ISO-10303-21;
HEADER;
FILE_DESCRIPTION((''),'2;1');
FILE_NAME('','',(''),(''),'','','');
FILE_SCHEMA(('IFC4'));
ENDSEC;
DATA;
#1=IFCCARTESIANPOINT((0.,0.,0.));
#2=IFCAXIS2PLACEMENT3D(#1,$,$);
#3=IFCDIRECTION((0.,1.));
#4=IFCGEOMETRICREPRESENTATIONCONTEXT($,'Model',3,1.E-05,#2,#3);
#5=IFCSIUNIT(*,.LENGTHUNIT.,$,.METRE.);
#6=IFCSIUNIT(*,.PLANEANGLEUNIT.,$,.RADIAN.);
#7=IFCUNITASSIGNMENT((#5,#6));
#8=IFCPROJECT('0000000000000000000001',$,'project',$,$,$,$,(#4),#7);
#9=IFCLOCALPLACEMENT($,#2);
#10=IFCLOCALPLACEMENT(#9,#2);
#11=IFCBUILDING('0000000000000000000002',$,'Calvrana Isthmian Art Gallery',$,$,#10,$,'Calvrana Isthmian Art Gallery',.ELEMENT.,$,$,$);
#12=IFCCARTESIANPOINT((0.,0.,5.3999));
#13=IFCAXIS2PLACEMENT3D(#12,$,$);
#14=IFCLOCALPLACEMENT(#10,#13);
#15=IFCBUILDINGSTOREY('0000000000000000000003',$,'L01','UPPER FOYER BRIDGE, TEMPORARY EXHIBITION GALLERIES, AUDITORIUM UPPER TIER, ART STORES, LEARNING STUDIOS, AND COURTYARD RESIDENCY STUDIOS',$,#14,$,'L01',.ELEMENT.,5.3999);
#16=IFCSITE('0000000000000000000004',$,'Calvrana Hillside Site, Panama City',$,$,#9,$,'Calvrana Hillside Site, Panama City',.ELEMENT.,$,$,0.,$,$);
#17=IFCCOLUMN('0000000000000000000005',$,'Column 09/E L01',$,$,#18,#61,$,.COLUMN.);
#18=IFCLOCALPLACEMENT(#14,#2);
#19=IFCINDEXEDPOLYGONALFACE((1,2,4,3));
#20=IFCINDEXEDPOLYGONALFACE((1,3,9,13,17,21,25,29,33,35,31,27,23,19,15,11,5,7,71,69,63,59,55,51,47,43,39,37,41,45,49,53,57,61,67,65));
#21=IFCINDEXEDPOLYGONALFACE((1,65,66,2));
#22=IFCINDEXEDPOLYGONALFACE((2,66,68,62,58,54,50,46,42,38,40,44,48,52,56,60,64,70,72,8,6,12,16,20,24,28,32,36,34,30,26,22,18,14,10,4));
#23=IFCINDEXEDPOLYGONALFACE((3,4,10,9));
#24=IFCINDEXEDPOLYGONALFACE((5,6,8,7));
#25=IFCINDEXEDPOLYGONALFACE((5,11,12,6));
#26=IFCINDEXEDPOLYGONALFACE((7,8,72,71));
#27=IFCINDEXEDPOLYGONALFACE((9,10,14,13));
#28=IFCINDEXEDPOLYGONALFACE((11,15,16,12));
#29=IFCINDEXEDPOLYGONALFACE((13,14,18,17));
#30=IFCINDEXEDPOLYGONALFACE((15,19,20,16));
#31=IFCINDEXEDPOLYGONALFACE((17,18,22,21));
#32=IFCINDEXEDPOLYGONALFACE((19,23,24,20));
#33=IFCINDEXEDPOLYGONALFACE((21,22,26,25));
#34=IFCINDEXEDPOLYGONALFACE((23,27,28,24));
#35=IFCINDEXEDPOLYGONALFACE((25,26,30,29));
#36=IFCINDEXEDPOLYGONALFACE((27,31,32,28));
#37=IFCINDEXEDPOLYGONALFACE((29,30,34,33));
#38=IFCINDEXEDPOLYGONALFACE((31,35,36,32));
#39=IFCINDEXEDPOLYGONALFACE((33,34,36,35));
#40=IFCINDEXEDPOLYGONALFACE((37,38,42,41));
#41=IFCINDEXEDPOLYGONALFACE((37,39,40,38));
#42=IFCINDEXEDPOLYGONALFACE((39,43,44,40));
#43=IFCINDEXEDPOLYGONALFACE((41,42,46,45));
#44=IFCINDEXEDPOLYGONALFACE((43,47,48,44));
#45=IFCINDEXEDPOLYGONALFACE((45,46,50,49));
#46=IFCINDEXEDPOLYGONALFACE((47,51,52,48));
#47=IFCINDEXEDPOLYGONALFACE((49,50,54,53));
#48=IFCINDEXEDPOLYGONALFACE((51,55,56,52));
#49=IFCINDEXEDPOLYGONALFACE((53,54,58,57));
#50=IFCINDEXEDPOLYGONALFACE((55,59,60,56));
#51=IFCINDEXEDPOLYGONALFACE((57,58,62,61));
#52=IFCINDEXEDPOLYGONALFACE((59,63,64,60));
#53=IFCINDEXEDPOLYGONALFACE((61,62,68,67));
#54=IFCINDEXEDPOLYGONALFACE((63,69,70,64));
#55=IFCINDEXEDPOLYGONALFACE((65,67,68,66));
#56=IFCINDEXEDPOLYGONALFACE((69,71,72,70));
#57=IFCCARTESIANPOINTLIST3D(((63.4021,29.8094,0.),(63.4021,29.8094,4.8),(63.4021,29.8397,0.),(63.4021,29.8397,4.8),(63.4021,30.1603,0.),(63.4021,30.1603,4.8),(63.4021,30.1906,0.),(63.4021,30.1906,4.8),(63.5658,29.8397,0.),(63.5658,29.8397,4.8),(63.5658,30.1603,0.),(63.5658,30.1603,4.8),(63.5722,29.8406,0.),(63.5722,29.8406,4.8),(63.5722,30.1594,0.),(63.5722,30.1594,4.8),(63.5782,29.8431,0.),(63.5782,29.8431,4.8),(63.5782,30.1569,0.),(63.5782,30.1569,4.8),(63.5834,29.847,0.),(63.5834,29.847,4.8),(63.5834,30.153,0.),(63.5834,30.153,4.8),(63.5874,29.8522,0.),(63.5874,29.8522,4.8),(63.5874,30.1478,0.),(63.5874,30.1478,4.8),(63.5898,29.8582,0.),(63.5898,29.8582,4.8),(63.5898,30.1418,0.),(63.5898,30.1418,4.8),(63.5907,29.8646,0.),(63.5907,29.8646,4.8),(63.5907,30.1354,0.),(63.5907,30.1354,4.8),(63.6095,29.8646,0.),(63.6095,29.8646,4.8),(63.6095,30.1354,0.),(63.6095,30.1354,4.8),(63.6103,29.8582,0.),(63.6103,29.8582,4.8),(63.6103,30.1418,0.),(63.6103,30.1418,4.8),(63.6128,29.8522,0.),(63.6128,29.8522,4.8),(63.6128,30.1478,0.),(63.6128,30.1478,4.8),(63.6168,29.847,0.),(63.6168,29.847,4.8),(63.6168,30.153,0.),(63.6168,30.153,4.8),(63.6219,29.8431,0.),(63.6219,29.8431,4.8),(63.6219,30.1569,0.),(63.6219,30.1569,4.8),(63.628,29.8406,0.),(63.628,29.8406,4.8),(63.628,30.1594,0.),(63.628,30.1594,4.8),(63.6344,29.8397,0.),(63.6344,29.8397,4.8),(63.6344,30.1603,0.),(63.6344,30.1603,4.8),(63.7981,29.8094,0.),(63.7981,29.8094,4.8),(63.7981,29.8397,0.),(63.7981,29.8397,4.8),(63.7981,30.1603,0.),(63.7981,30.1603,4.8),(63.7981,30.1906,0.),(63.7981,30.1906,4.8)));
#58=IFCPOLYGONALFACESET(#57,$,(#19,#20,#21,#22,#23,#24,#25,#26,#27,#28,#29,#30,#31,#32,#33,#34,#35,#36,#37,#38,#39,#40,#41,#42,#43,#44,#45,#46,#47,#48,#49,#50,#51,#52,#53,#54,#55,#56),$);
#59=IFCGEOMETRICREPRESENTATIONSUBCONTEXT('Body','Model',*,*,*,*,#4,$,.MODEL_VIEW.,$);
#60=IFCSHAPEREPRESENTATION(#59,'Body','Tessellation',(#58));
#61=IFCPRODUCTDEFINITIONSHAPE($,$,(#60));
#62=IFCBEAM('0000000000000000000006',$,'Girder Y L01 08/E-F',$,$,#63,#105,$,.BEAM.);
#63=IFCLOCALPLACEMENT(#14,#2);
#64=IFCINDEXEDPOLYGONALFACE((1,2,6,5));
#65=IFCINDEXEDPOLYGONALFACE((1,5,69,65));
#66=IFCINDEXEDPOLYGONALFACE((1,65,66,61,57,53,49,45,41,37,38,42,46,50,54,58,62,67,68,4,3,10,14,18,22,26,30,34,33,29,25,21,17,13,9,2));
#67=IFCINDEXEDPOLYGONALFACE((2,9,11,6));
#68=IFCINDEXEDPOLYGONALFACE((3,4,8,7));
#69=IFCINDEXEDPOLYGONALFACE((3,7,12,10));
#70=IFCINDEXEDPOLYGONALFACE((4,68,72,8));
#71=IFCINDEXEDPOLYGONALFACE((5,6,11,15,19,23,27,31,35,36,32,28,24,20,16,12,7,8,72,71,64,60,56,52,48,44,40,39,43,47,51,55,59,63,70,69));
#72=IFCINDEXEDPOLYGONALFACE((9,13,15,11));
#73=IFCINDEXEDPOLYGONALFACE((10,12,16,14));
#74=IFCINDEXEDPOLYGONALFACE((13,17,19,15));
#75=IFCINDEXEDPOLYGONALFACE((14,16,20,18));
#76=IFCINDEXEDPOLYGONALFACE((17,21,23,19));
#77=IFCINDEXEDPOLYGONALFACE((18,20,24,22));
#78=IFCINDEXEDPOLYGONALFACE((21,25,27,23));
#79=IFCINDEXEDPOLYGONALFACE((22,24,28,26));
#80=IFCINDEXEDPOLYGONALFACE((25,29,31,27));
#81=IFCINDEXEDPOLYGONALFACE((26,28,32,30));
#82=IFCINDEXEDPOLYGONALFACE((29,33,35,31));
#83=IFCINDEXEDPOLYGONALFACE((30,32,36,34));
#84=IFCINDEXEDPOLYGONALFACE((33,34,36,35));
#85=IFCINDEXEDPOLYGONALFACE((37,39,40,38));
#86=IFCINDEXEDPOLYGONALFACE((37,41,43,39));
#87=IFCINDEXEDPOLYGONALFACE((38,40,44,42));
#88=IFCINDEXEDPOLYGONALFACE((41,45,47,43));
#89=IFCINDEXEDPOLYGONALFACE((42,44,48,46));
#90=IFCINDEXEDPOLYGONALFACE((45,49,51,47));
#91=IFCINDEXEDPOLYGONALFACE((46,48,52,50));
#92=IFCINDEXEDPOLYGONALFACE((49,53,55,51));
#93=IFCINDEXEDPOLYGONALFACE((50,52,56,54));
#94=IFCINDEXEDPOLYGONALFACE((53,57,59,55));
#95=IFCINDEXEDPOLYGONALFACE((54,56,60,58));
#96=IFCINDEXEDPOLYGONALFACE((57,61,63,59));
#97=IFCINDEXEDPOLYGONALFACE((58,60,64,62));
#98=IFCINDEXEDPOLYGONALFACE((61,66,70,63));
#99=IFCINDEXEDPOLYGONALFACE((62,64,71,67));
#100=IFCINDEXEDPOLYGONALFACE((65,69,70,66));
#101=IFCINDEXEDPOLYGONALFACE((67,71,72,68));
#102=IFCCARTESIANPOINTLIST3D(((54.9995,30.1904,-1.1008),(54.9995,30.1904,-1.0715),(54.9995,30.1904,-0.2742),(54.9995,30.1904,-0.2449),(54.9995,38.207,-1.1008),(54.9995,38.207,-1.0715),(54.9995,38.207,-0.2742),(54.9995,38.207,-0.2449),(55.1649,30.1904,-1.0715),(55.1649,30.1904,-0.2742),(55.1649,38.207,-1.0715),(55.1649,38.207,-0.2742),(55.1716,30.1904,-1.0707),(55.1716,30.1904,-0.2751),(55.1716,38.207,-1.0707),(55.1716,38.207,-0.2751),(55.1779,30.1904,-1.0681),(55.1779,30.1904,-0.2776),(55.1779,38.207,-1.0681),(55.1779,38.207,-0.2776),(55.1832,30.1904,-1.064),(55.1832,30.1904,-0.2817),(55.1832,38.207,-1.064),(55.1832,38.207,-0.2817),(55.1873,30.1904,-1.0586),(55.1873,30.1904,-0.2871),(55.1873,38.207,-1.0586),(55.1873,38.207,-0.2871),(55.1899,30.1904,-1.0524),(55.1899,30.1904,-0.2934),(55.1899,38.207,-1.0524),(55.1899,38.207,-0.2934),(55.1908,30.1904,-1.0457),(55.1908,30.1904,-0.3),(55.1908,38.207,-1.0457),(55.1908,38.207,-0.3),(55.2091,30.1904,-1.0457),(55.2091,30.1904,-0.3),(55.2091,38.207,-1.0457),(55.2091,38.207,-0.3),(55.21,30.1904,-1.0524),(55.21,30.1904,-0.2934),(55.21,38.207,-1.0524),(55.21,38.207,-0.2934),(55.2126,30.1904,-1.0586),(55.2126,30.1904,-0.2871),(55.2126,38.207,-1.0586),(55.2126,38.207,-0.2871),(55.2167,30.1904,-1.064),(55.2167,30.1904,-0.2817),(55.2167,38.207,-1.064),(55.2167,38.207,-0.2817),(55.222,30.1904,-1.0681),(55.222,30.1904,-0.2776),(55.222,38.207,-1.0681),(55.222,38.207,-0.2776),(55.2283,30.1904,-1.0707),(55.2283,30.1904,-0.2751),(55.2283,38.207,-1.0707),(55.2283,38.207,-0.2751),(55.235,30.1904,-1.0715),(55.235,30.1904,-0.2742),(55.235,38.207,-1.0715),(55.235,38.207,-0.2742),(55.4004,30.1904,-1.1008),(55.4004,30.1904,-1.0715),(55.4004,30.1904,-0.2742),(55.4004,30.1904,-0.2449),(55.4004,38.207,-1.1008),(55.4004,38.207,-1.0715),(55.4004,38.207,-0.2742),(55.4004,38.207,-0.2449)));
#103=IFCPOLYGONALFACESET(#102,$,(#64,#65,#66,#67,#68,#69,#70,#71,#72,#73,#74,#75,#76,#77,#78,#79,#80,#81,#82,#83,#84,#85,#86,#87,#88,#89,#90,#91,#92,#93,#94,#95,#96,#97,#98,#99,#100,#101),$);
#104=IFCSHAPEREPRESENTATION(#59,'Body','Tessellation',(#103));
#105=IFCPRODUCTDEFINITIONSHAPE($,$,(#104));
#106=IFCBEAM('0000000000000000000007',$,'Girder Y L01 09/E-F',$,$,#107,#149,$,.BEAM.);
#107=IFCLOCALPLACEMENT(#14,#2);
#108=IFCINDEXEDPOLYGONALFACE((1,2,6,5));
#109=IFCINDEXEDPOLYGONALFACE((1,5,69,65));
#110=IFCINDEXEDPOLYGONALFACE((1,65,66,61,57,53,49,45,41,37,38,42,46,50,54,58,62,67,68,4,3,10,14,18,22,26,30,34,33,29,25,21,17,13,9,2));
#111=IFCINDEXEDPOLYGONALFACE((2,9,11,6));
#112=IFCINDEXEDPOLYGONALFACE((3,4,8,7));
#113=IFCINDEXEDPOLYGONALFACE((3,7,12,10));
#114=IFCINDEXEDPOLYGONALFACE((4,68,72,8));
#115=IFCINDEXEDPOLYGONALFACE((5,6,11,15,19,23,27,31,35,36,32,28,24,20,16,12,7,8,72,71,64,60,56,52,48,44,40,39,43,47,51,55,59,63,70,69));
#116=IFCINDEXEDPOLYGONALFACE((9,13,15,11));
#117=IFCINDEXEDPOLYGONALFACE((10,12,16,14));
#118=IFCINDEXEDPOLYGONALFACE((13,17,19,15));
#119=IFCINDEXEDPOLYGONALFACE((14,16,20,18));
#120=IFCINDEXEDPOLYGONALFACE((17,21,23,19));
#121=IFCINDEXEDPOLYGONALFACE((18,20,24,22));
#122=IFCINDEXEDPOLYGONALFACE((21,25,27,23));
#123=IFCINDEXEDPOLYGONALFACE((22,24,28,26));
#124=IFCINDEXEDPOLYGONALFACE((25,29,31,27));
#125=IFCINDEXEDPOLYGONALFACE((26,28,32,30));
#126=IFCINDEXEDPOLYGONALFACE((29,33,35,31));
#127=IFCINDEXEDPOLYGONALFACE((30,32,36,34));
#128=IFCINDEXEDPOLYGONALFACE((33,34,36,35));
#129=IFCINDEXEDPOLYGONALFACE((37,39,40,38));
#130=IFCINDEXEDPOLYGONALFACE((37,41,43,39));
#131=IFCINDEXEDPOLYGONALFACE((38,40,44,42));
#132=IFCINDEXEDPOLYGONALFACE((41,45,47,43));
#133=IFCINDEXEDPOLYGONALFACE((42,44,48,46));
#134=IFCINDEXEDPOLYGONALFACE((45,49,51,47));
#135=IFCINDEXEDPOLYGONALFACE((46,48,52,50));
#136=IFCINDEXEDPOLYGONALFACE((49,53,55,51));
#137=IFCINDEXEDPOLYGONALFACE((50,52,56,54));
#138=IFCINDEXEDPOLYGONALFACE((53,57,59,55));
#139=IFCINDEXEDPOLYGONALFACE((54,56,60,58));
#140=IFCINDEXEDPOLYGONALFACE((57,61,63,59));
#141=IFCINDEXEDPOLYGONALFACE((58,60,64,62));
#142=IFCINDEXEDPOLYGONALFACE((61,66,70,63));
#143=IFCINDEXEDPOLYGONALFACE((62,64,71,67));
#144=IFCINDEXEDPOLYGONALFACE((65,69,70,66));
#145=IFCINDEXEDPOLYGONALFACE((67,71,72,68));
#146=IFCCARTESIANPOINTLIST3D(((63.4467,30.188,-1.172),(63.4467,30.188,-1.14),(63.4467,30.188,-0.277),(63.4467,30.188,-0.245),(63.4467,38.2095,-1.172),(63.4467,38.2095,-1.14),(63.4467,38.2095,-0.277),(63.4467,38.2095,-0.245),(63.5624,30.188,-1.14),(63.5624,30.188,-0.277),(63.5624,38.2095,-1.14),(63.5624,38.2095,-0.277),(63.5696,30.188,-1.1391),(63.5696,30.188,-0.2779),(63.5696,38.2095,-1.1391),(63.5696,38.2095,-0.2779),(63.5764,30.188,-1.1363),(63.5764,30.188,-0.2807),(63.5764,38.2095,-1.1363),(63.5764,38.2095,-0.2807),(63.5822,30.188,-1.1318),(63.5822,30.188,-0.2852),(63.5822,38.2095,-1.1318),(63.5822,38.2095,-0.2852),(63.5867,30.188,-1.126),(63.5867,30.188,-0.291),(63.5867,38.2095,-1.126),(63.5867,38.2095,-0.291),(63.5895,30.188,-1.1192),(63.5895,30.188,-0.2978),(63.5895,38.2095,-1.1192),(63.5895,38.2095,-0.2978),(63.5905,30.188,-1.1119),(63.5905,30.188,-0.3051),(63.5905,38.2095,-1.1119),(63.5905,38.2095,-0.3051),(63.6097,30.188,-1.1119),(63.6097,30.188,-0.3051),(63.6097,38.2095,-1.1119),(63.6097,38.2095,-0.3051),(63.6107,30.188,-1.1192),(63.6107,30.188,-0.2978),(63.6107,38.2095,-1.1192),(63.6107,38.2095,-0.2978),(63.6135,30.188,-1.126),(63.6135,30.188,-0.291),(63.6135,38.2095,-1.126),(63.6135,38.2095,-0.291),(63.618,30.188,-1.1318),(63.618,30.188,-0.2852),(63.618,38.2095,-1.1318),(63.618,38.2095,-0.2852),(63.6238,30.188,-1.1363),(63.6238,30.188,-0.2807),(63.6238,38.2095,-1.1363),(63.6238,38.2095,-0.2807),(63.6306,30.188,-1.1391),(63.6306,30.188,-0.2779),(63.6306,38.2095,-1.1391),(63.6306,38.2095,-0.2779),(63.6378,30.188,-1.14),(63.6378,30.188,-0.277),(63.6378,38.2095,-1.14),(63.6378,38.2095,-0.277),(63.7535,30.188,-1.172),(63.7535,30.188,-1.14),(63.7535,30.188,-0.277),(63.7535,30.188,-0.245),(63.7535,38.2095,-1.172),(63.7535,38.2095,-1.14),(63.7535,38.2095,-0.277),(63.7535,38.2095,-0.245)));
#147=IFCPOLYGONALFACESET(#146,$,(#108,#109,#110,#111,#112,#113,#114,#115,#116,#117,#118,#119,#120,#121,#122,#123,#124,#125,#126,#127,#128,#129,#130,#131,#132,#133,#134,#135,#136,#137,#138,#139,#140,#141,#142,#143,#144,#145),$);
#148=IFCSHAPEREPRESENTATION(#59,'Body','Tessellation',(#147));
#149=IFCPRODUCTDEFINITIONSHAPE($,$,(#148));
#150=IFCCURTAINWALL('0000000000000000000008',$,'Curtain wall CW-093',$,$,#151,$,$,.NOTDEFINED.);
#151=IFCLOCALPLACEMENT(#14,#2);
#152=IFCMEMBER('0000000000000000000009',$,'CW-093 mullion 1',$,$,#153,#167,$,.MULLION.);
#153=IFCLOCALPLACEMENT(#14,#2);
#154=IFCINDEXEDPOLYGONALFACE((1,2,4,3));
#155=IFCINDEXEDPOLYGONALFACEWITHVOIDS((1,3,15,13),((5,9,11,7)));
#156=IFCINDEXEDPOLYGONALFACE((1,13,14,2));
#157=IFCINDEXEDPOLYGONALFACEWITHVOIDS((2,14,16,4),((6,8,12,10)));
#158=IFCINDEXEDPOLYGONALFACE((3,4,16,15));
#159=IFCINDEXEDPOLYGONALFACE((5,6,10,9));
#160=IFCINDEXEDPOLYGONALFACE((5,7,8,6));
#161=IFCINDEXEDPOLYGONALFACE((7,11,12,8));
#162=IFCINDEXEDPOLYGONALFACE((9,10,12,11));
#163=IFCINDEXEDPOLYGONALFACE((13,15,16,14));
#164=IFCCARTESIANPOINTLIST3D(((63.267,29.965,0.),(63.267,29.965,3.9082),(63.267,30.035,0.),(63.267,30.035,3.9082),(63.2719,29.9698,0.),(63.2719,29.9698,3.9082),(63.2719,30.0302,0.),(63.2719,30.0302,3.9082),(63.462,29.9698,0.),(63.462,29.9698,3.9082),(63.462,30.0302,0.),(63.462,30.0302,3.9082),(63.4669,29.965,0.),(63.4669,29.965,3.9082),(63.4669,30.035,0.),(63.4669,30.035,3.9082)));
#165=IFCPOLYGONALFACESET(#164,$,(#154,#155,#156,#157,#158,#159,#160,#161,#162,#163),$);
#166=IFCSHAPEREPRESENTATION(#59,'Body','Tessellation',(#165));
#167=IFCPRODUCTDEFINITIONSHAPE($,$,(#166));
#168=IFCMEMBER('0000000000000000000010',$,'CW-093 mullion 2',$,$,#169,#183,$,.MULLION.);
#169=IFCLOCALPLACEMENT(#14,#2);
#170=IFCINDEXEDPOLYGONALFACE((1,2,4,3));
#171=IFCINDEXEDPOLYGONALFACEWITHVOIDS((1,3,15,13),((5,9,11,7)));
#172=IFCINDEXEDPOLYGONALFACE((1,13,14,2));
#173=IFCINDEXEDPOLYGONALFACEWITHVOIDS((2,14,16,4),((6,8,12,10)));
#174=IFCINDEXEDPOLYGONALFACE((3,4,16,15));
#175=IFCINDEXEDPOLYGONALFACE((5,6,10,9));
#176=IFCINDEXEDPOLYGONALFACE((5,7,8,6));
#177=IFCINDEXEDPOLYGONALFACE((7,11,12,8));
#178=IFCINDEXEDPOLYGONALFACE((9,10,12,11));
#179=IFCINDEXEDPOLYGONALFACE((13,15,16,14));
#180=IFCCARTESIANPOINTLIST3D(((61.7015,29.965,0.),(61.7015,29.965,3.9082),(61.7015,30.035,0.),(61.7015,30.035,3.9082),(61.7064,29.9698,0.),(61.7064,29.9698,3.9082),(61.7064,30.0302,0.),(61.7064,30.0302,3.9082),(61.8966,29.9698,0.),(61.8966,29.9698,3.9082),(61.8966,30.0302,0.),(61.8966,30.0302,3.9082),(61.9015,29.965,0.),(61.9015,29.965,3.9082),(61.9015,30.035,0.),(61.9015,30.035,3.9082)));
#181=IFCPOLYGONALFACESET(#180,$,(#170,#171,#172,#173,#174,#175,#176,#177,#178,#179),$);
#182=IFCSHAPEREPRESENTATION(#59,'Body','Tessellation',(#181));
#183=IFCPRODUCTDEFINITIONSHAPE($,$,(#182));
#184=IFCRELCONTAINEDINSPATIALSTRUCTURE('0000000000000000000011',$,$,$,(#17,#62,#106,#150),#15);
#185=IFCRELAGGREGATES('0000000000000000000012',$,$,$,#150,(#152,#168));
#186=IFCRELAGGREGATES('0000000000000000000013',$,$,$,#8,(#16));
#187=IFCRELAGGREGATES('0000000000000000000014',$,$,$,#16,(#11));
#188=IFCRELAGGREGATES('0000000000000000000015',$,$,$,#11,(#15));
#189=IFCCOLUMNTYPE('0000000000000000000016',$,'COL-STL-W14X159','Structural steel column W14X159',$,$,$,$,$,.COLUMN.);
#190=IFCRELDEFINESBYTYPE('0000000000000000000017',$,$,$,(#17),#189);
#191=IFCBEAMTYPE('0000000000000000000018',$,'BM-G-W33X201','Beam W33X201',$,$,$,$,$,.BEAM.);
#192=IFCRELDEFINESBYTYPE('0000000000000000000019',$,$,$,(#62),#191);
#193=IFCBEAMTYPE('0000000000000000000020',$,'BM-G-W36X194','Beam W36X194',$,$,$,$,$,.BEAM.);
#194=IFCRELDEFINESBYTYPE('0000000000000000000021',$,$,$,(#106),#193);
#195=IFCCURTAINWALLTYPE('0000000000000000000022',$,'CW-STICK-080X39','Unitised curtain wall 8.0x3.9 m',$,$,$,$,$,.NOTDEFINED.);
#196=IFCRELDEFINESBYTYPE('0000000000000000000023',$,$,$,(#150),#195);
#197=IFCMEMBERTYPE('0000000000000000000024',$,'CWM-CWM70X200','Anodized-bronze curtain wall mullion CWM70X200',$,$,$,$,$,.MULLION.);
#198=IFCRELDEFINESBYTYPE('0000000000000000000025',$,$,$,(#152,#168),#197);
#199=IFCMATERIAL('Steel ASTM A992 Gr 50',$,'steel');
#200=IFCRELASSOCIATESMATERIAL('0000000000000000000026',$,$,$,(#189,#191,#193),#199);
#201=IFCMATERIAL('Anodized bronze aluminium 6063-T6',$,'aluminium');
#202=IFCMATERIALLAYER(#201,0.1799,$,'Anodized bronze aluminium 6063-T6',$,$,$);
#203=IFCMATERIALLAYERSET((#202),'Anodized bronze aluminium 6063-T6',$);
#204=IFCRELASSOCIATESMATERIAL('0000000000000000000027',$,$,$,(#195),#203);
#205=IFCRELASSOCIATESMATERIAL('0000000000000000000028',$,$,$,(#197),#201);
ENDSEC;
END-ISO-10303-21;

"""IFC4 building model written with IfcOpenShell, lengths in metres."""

from ifc_helpers import new_model, si_unit, direction, frame, origin, origin_2d, place, context, subcontext, project, spatial, hollow_rectangle, i_section, extrude, material, layer, layer_set, material_profile, profile_set, type_object, element, aggregate, save


model = new_model("IFC4")

# Units and contexts
model_context = context("Model", 3, precision=1e-05, world=origin(), true_north=direction((0.0, 1.0)))
body_context = subcontext(model_context, "Body", "Model", "MODEL_VIEW")
ifc_project = project(units=[si_unit("LENGTHUNIT", "METRE"), si_unit("PLANEANGLEUNIT", "RADIAN")], contexts=[model_context])

# Site, building, storey
site_placement = place(None, origin())
site = spatial("IfcSite", under=ifc_project, at=site_placement, Name="Calvrana Hillside Site, Panama City", LongName="Calvrana Hillside Site, Panama City", CompositionType="ELEMENT", RefElevation=0.0)
building_placement = place(site_placement, origin())
building = spatial("IfcBuilding", under=site, at=building_placement, Name="Calvrana Isthmian Art Gallery", LongName="Calvrana Isthmian Art Gallery", CompositionType="ELEMENT")
storey_placement = place(building_placement, frame((0.0, 0.0, 5.3999)))
storey = spatial("IfcBuildingStorey", under=building, at=storey_placement, Name="L01", Description="UPPER FOYER BRIDGE, TEMPORARY EXHIBITION GALLERIES, AUDITORIUM UPPER TIER, ART STORES, LEARNING STUDIOS, AND COURTYARD RESIDENCY STUDIOS", LongName="L01", CompositionType="ELEMENT", Elevation=5.3999)

# Column
ifc_material_1 = material(Name="Steel ASTM A992 Gr 50", Category="steel")
ifc_material_profile_1 = material_profile(ifc_material_1, i_section(OverallWidth=0.396, OverallDepth=0.3811, WebThickness=0.0188, FlangeThickness=0.0303, FilletRadius=0.0249, at=origin_2d()), Name="W14X159")
ifc_profile_set_1 = profile_set([ifc_material_profile_1], Name="Steel ASTM A992 Gr 50")
column_type = type_object("IfcColumnType", Name="COL-STL-W14X159", Description="Structural steel column W14X159", PredefinedType="COLUMN", material=ifc_profile_set_1)
column_placement = place(storey_placement, frame((63.6001, 30.0, 0.0), z_axis=(0.0, 0.0, 1.0), x_axis=(1.0, 0.0, 0.0)))
element("IfcColumn", 1, at=column_placement, inside=storey, type_object=column_type, Name="Column 09/E L01", PredefinedType="COLUMN", context=body_context, shape_type="SweptSolid", body=[
    extrude(i_section(OverallWidth=0.396, OverallDepth=0.3811, WebThickness=0.0188, FlangeThickness=0.0303, FilletRadius=0.0249, at=origin_2d()), origin(), (0.0, 0.0, 1.0), 4.8),
])

# Beams
ifc_material_profile_2 = material_profile(ifc_material_1, i_section(OverallWidth=0.4009, OverallDepth=0.856, WebThickness=0.0183, FlangeThickness=0.0293, FilletRadius=0.0259, at=origin_2d()), Name="W33X201")
ifc_profile_set_2 = profile_set([ifc_material_profile_2], Name="Steel ASTM A992 Gr 50")
beam_type_1 = type_object("IfcBeamType", Name="BM-G-W33X201", Description="Beam W33X201", PredefinedType="BEAM", material=ifc_profile_set_2)
beam_1_placement = place(storey_placement, frame((55.2, 30.1904, -0.6729), z_axis=(0.0, 1.0, 0.0), x_axis=(-1.0, 0.0, 0.0)))
element("IfcBeam", 2, at=beam_1_placement, inside=storey, type_object=beam_type_1, Name="Girder Y L01 08/E-F", PredefinedType="BEAM", context=body_context, shape_type="SweptSolid", body=[
    extrude(i_section(OverallWidth=0.4009, OverallDepth=0.856, WebThickness=0.0183, FlangeThickness=0.0293, FilletRadius=0.0259, at=origin_2d()), origin(), (0.0, 0.0, 1.0), 8.0166),
])
ifc_material_profile_3 = material_profile(ifc_material_1, i_section(OverallWidth=0.3069, OverallDepth=0.927, WebThickness=0.0193, FlangeThickness=0.032, FilletRadius=0.0281, at=origin_2d()), Name="W36X194")
ifc_profile_set_3 = profile_set([ifc_material_profile_3], Name="Steel ASTM A992 Gr 50")
beam_type_2 = type_object("IfcBeamType", Name="BM-G-W36X194", Description="Beam W36X194", PredefinedType="BEAM", material=ifc_profile_set_3)
beam_2_placement = place(storey_placement, frame((63.6001, 30.188, -0.7085), z_axis=(0.0, 1.0, 0.0), x_axis=(-1.0, 0.0, 0.0)))
element("IfcBeam", 3, at=beam_2_placement, inside=storey, type_object=beam_type_2, Name="Girder Y L01 09/E-F", PredefinedType="BEAM", context=body_context, shape_type="SweptSolid", body=[
    extrude(i_section(OverallWidth=0.3069, OverallDepth=0.927, WebThickness=0.0193, FlangeThickness=0.032, FilletRadius=0.0281, at=origin_2d()), origin(), (0.0, 0.0, 1.0), 8.0215),
])

# Curtain wall, members
ifc_material_2 = material(Name="Anodized bronze aluminium 6063-T6", Category="aluminium")
ifc_layer_1 = layer(ifc_material_2, 0.1799, Name="Anodized bronze aluminium 6063-T6")
ifc_layer_set_1 = layer_set([ifc_layer_1], Name="Anodized bronze aluminium 6063-T6")
curtain_wall_type = type_object("IfcCurtainWallType", Name="CW-STICK-080X39", Description="Unitised curtain wall 8.0x3.9 m", PredefinedType="NOTDEFINED", material=ifc_layer_set_1)
curtain_wall_placement = place(storey_placement, origin())
curtain_wall = element("IfcCurtainWall", 4, at=curtain_wall_placement, inside=storey, type_object=curtain_wall_type, Name="Curtain wall CW-093", PredefinedType="NOTDEFINED")
ifc_material_profile_4 = material_profile(ifc_material_2, hollow_rectangle(XDim=0.0701, YDim=0.2, WallThickness=0.0049, at=origin_2d()), Name="CWM70X200")
ifc_profile_set_4 = profile_set([ifc_material_profile_4], Name="Anodized bronze aluminium 6063-T6")
member_type_1 = type_object("IfcMemberType", Name="CWM-CWM70X200", Description="Anodized-bronze curtain wall mullion CWM70X200", PredefinedType="MULLION", material=ifc_profile_set_4)
member_1_placement = place(storey_placement, frame((63.3669, 30.0, 0.0), z_axis=(0.0, 0.0, 1.0), x_axis=(0.0, -1.0, 0.0)))
member_1 = element("IfcMember", 5, at=member_1_placement, type_object=member_type_1, Name="CW-093 mullion 1", PredefinedType="MULLION", context=body_context, shape_type="SweptSolid", body=[
    extrude(hollow_rectangle(XDim=0.0701, YDim=0.2, WallThickness=0.0049, at=origin_2d()), origin(), (0.0, 0.0, 1.0), 3.9082),
])
member_2_placement = place(storey_placement, frame((61.8015, 30.0, 0.0), z_axis=(0.0, 0.0, 1.0), x_axis=(0.0, -1.0, 0.0)))
member_2 = element("IfcMember", 6, at=member_2_placement, type_object=member_type_1, Name="CW-093 mullion 2", PredefinedType="MULLION", context=body_context, shape_type="SweptSolid", body=[
    extrude(hollow_rectangle(XDim=0.0701, YDim=0.2, WallThickness=0.0049, at=origin_2d()), origin(), (0.0, 0.0, 1.0), 3.9082),
])
aggregate(curtain_wall, [member_1, member_2])

save(model, "model.ifc")
